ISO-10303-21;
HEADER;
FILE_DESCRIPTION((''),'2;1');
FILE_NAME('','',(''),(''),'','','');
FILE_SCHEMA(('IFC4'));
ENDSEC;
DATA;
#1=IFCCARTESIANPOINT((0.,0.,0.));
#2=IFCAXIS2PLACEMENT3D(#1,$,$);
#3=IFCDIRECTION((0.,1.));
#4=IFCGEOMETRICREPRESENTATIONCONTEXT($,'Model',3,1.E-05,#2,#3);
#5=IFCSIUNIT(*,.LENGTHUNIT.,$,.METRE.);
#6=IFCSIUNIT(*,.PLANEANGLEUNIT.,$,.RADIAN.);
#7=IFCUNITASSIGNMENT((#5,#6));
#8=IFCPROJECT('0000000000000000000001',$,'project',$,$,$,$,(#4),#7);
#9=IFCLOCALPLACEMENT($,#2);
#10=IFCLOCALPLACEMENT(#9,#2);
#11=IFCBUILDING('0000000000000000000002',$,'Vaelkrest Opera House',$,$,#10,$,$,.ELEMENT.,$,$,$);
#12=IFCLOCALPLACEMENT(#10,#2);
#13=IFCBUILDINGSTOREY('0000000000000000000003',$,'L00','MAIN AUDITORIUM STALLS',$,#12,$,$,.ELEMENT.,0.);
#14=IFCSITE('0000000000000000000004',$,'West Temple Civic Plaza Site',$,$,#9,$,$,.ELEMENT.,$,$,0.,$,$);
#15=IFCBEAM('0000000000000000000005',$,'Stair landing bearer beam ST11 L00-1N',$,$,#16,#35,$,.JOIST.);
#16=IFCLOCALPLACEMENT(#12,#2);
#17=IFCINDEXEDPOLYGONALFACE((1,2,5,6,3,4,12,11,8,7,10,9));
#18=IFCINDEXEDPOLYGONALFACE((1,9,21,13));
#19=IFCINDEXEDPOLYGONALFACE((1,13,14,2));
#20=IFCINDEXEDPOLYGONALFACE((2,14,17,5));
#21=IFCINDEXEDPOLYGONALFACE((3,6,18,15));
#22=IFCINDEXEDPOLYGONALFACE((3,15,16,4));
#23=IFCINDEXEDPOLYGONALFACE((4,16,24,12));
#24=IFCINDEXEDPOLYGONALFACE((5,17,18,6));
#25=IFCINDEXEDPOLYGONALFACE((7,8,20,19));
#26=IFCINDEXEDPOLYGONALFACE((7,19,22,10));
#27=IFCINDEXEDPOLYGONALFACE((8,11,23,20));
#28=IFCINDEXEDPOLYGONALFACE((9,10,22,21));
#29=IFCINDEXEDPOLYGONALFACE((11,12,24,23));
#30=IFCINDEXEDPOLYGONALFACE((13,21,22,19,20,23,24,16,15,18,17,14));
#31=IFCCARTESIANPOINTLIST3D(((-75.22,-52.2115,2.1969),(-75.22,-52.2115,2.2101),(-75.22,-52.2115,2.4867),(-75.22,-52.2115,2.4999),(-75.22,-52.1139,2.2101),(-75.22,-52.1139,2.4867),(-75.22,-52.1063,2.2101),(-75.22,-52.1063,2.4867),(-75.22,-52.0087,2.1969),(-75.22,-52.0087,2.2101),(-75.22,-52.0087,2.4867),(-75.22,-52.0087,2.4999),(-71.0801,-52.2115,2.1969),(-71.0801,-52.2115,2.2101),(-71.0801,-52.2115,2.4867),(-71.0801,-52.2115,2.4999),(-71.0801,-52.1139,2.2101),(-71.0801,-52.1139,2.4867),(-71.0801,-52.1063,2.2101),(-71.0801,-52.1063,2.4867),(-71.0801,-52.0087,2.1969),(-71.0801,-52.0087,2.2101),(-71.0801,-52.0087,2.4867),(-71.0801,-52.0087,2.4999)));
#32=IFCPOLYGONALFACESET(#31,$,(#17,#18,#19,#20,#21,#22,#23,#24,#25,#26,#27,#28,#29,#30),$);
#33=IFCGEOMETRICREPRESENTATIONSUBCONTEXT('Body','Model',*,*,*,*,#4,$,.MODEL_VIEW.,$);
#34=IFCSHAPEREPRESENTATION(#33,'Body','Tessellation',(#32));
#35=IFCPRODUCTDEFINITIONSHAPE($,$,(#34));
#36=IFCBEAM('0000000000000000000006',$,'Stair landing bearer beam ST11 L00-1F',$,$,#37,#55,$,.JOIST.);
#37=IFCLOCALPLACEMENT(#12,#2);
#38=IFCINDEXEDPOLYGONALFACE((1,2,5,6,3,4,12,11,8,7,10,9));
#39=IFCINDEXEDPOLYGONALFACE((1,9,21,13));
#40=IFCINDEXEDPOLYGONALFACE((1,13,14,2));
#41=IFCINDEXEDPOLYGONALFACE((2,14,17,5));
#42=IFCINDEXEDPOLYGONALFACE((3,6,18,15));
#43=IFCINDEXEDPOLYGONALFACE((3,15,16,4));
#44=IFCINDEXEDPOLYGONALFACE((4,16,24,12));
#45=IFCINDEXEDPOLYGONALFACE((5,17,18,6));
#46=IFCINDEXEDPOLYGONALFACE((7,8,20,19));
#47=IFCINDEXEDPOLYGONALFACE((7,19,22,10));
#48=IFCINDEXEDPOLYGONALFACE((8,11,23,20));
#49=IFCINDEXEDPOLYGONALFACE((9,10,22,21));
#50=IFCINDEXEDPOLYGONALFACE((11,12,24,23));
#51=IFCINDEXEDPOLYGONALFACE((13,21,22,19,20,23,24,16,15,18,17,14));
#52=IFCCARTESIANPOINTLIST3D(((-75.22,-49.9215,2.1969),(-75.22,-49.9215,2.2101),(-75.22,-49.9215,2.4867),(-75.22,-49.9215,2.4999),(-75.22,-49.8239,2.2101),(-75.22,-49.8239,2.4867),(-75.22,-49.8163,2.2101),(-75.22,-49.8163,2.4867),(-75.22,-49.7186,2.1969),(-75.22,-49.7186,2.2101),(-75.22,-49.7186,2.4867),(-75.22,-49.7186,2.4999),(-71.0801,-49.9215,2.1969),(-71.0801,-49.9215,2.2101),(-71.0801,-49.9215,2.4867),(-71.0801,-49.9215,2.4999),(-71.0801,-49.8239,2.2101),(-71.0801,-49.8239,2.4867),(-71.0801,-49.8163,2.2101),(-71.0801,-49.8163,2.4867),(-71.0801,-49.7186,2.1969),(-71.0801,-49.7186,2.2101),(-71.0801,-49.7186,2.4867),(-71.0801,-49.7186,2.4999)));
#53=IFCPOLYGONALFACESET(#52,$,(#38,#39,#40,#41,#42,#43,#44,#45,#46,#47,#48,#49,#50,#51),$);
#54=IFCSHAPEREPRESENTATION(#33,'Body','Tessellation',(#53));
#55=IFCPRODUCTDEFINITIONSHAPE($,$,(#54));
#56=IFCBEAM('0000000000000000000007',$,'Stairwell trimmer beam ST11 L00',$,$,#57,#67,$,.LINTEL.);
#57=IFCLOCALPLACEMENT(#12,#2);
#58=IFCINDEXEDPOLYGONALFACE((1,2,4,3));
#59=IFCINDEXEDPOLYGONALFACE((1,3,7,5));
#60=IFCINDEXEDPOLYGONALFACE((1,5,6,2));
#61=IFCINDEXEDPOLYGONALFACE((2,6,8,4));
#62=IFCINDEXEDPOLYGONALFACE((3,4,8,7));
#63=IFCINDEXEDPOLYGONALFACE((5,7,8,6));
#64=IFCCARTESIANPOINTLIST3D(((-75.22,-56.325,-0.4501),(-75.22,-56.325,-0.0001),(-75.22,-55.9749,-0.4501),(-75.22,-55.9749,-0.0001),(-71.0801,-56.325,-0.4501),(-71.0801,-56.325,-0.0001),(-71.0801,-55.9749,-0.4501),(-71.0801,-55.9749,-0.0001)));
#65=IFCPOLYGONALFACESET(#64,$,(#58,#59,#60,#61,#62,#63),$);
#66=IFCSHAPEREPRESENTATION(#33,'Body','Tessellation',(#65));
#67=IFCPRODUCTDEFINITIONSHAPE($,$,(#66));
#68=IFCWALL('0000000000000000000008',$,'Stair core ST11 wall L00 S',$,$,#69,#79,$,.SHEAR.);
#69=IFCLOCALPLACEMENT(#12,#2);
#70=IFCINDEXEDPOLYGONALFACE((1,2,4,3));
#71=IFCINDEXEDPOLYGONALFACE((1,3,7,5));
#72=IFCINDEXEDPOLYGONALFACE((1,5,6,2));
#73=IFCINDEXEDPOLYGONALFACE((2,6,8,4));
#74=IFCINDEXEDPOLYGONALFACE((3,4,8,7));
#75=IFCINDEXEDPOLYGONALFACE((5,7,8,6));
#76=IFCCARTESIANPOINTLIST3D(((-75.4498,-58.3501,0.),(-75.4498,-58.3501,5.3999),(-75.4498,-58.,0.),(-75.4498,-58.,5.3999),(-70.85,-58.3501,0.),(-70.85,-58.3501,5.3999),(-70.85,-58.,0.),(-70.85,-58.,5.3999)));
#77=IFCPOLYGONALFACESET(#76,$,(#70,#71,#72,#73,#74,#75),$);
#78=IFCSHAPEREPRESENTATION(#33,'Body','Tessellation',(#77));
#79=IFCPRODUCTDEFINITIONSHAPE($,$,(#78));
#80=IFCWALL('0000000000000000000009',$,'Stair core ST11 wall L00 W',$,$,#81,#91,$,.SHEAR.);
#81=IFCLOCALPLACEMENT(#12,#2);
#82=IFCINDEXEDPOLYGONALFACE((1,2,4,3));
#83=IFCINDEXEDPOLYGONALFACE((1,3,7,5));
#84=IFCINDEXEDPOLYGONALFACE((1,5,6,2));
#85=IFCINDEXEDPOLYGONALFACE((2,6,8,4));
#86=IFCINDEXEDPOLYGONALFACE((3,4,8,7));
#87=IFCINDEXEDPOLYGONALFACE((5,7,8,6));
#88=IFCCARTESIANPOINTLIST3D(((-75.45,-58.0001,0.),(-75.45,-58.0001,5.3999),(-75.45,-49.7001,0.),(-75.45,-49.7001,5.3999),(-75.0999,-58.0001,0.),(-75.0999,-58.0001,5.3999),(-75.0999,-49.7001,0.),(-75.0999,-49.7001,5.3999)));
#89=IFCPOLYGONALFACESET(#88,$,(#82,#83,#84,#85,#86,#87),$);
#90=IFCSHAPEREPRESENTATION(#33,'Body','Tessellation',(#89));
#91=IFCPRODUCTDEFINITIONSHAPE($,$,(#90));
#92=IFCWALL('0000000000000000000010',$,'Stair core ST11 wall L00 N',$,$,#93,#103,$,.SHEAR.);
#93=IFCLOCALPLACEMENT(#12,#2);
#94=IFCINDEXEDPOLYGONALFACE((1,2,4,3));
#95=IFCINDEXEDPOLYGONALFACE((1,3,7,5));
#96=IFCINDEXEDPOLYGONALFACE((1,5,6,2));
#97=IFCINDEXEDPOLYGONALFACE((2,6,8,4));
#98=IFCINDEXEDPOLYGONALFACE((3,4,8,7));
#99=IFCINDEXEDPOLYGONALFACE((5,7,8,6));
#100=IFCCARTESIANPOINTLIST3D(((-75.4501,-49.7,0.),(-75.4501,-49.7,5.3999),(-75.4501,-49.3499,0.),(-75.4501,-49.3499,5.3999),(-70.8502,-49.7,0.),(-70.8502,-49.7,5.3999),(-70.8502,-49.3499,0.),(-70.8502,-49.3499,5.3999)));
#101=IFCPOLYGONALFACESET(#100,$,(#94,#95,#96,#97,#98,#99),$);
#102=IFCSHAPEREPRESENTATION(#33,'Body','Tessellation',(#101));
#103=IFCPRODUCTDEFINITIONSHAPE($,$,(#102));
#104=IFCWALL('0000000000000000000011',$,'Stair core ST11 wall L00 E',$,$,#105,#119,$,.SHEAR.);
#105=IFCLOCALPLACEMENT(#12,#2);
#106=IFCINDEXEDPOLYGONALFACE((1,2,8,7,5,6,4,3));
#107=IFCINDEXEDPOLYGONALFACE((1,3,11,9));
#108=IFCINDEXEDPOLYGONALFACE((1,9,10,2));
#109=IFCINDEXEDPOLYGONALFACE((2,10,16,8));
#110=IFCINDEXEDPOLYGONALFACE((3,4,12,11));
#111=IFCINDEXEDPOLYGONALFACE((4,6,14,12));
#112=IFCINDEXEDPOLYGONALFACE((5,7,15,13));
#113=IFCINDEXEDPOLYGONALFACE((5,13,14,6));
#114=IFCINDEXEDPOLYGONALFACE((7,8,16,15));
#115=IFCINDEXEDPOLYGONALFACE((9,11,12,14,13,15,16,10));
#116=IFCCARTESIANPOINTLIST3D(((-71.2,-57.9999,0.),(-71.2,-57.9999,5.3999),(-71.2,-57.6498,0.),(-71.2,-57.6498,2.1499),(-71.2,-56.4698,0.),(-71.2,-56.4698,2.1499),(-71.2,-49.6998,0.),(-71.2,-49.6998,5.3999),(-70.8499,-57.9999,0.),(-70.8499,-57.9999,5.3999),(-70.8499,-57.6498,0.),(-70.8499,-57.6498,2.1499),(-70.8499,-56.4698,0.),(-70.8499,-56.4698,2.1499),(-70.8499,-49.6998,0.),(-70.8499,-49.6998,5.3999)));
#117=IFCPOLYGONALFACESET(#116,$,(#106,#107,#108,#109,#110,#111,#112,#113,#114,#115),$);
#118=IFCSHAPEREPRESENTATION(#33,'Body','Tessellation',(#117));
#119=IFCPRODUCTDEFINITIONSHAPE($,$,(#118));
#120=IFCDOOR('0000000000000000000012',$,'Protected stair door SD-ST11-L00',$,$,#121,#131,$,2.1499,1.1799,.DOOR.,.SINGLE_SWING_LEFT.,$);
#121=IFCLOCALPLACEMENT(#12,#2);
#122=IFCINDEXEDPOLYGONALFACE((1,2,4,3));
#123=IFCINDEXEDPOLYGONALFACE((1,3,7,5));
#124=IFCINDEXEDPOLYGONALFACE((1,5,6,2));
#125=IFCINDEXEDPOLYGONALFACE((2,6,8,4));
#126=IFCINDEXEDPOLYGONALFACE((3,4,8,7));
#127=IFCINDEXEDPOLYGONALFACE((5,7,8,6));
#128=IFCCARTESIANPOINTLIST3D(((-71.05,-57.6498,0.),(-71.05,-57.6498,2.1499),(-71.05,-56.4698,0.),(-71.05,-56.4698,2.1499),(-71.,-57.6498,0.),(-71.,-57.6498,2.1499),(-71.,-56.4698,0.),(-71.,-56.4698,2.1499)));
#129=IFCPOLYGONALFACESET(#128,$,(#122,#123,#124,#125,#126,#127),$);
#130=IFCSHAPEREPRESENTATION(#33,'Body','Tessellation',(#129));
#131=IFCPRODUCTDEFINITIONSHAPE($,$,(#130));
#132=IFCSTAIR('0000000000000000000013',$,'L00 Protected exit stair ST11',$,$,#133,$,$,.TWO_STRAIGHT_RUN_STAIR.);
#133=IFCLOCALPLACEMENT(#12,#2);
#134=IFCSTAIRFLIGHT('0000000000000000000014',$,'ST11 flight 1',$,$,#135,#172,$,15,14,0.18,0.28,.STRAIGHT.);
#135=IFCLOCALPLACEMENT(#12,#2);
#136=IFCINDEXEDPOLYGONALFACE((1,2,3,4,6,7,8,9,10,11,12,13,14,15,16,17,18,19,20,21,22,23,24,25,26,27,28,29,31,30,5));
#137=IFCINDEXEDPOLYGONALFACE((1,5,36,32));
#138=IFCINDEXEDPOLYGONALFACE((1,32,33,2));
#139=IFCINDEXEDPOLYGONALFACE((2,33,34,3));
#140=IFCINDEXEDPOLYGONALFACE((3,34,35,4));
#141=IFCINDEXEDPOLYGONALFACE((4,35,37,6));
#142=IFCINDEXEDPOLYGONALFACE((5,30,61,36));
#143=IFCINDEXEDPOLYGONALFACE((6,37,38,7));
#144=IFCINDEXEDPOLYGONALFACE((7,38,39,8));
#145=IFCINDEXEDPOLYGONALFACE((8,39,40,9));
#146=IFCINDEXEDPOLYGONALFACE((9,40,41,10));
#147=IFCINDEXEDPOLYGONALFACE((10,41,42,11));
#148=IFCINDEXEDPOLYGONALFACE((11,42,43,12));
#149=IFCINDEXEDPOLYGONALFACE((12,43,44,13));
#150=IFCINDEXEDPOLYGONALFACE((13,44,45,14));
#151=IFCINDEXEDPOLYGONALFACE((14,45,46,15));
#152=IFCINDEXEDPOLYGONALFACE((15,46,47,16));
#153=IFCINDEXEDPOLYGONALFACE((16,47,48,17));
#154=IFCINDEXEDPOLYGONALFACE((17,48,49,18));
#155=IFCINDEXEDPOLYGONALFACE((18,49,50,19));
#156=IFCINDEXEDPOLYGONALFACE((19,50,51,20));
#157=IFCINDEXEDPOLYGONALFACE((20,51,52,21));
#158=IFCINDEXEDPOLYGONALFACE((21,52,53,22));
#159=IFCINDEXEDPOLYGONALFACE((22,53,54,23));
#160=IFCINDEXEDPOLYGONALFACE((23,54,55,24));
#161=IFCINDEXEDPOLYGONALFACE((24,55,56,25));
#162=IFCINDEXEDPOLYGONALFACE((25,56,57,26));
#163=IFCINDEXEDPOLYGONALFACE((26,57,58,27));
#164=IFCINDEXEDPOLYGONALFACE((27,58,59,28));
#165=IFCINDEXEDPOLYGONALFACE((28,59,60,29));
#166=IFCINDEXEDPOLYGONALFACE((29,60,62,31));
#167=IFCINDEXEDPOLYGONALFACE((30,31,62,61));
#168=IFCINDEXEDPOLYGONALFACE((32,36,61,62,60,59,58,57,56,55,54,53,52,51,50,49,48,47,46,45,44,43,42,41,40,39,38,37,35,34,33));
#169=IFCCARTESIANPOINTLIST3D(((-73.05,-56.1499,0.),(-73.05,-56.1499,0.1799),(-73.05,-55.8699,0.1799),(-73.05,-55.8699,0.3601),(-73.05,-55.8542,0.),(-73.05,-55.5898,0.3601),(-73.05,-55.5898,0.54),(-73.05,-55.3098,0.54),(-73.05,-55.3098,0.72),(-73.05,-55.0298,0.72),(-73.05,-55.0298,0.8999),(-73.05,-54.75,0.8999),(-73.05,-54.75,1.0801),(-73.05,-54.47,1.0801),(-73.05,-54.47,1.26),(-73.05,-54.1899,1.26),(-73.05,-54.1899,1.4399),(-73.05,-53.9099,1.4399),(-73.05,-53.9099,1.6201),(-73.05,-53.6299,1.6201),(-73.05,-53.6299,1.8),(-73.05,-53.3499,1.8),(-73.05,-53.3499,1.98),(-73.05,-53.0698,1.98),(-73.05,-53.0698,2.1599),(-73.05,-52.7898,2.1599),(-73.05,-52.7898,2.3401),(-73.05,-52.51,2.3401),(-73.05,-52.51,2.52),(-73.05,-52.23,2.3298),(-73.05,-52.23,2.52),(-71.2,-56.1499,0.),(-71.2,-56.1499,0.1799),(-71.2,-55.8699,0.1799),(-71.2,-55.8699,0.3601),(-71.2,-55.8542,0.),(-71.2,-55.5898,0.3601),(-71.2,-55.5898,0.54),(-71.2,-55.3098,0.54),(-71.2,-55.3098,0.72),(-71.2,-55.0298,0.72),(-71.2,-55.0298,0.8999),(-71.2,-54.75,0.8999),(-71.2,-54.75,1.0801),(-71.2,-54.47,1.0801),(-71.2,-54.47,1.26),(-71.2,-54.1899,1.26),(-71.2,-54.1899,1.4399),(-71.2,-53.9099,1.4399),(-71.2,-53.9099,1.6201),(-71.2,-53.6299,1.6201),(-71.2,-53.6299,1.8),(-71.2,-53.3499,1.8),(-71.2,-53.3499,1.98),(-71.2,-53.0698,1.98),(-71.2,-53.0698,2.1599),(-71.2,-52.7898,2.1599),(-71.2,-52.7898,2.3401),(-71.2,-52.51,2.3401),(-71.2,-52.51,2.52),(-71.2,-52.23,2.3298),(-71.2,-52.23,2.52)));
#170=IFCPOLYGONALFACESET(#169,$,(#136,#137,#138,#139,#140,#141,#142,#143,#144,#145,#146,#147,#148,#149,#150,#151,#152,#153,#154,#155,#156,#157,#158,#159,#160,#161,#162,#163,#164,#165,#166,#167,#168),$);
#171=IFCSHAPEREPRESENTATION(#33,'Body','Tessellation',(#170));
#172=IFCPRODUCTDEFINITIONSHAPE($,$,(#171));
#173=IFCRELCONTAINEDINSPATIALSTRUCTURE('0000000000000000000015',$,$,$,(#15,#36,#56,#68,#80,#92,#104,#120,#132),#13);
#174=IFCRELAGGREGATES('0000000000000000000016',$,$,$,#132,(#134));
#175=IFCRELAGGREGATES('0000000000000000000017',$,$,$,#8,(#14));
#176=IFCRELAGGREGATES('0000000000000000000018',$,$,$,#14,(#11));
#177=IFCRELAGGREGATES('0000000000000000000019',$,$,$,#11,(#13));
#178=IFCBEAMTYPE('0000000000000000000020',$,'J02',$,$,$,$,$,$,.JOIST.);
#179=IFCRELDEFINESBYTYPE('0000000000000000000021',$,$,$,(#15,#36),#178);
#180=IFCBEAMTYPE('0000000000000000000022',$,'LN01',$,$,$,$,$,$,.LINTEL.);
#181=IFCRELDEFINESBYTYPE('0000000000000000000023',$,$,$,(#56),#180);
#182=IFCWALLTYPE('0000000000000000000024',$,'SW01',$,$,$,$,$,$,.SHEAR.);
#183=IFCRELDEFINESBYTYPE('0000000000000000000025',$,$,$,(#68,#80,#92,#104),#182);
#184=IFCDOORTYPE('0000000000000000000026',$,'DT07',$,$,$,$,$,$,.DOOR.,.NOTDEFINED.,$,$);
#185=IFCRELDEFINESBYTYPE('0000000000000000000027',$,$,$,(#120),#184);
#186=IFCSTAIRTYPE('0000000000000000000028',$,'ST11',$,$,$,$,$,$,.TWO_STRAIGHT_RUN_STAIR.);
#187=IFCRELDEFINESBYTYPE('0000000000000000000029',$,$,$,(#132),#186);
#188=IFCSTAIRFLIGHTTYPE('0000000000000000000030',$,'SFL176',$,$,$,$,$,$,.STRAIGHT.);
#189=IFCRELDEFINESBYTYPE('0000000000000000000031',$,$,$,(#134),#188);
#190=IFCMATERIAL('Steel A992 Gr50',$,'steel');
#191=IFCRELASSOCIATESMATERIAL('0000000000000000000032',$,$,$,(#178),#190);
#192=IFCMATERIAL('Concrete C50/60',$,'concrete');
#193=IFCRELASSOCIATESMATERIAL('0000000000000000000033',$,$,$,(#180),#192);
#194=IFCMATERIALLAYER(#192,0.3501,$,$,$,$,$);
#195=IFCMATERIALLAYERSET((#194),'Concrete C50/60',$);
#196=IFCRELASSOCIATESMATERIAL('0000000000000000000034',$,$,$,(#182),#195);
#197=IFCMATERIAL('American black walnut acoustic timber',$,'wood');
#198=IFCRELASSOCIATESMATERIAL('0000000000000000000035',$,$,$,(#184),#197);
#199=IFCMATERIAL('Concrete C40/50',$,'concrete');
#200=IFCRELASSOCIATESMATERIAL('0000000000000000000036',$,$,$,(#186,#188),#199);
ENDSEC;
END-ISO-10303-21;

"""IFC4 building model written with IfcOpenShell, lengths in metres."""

from ifc_helpers import new_model, si_unit, direction, frame, frame_2d, origin, origin_2d, place, context, subcontext, project, spatial, polyline, rectangle, i_section, outline, extrude, material, layer, layer_set, material_profile, profile_set, type_object, element, fill, aggregate, save


model = new_model("IFC4")

# Units and contexts
model_context = context("Model", 3, precision=1e-05, world=origin(), true_north=direction((0.0, 1.0)))
body_context = subcontext(model_context, "Body", "Model", "MODEL_VIEW")
ifc_project = project(units=[si_unit("LENGTHUNIT", "METRE"), si_unit("PLANEANGLEUNIT", "RADIAN")], contexts=[model_context])

# Site, building, storey
site_placement = place(None, origin())
site = spatial("IfcSite", under=ifc_project, at=site_placement, Name="West Temple Civic Plaza Site", CompositionType="ELEMENT", RefElevation=0.0)
building_placement = place(site_placement, origin())
building = spatial("IfcBuilding", under=site, at=building_placement, Name="Vaelkrest Opera House", CompositionType="ELEMENT")
storey_placement = place(building_placement, origin())
storey = spatial("IfcBuildingStorey", under=building, at=storey_placement, Name="L00", Description="MAIN AUDITORIUM STALLS", CompositionType="ELEMENT", Elevation=0.0)

# Beams
ifc_material_1 = material(Name="Steel A992 Gr50", Category="steel")
ifc_material_profile_1 = material_profile(ifc_material_1, i_section(OverallWidth=0.2029, OverallDepth=0.303, WebThickness=0.0076, FlangeThickness=0.0132, at=origin_2d()), Name="W12X40")
ifc_profile_set_1 = profile_set([ifc_material_profile_1], Name="Steel A992 Gr50")
beam_type_1 = type_object("IfcBeamType", Name="J02", PredefinedType="JOIST", material=ifc_profile_set_1)
for number, where, z_axis, x_axis, name in (
    (1, (-75.22, -52.1101, 2.3484), (1.0, 0.0, 0.0), (0.0, 1.0, 0.0), "Stair landing bearer beam ST11 L00-1N"),
    (2, (-75.22, -49.8201, 2.3484), (1.0, 0.0, 0.0), (0.0, 1.0, 0.0), "Stair landing bearer beam ST11 L00-1F"),
):
    element("IfcBeam", number, at=place(storey_placement, frame(where, z_axis=z_axis, x_axis=x_axis)), inside=storey, type_object=beam_type_1, Name=name, PredefinedType="JOIST", context=body_context, shape_type="SweptSolid", body=[
        extrude(i_section(OverallWidth=0.2029, OverallDepth=0.303, WebThickness=0.0076, FlangeThickness=0.0132, at=origin_2d()), origin(), (0.0, 0.0, 1.0), 4.1399),
    ])
ifc_material_2 = material(Name="Concrete C50/60", Category="concrete")
ifc_material_profile_2 = material_profile(ifc_material_2, rectangle(XDim=0.3501, YDim=0.45, at=origin_2d()), Name="RCB350X450")
ifc_profile_set_2 = profile_set([ifc_material_profile_2], Name="Concrete C50/60")
beam_type_2 = type_object("IfcBeamType", Name="LN01", PredefinedType="LINTEL", material=ifc_profile_set_2)
beam_placement = place(storey_placement, frame((-75.22, -56.1499, -0.2251), z_axis=(1.0, 0.0, 0.0), x_axis=(0.0, 1.0, 0.0)))
element("IfcBeam", 3, at=beam_placement, inside=storey, type_object=beam_type_2, Name="Stairwell trimmer beam ST11 L00", PredefinedType="LINTEL", context=body_context, shape_type="SweptSolid", body=[
    extrude(rectangle(XDim=0.3501, YDim=0.45, at=origin_2d()), origin(), (0.0, 0.0, 1.0), 4.1399),
])

# Shared definitions
ifc_material_3 = material(Name="American black walnut acoustic timber", Category="wood")

# Walls
ifc_layer_1 = layer(ifc_material_2, 0.3501)
ifc_layer_set_1 = layer_set([ifc_layer_1], Name="Concrete C50/60")
wall_type_1 = type_object("IfcWallType", Name="SW01", PredefinedType="SHEAR", material=ifc_layer_set_1)
wall_1_placement = place(storey_placement, frame((-70.8501, -58.175, 0.0), z_axis=(0.0, 0.0, 1.0), x_axis=(-1.0, 0.0, 0.0)))
element("IfcWall", 4, at=wall_1_placement, inside=storey, type_object=wall_type_1, Name="Stair core ST11 wall L00 S", PredefinedType="SHEAR", context=body_context, shape_type="SweptSolid", body=[
    extrude(rectangle(XDim=4.5999, YDim=0.3501, at=frame_2d((2.2998, 0.0))), origin(), (0.0, 0.0, 1.0), 5.3999),
])
wall_2_placement = place(storey_placement, frame((-75.2749, -58.0, 0.0), z_axis=(0.0, 0.0, 1.0), x_axis=(0.0, 1.0, 0.0)))
element("IfcWall", 5, at=wall_2_placement, inside=storey, type_object=wall_type_1, Name="Stair core ST11 wall L00 W", PredefinedType="SHEAR", context=body_context, shape_type="SweptSolid", body=[
    extrude(rectangle(XDim=8.3, YDim=0.3501, at=frame_2d((4.1499, 0.0))), origin(), (0.0, 0.0, 1.0), 5.3999),
])
wall_3_placement = place(storey_placement, frame((-75.45, -49.5249, 0.0), z_axis=(0.0, 0.0, 1.0), x_axis=(1.0, 0.0, 0.0)))
element("IfcWall", 6, at=wall_3_placement, inside=storey, type_object=wall_type_1, Name="Stair core ST11 wall L00 N", PredefinedType="SHEAR", context=body_context, shape_type="SweptSolid", body=[
    extrude(rectangle(XDim=4.5999, YDim=0.3501, at=frame_2d((2.2998, 0.0))), origin(), (0.0, 0.0, 1.0), 5.3999),
])

# Wall, opening, door
wall_4_placement = place(storey_placement, frame((-71.0249, -49.7, 0.0), z_axis=(0.0, 0.0, 1.0), x_axis=(0.0, -1.0, 0.0)))
wall_4 = element("IfcWall", 7, at=wall_4_placement, inside=storey, type_object=wall_type_1, Name="Stair core ST11 wall L00 E", PredefinedType="SHEAR", context=body_context, shape_type="SweptSolid", body=[
    extrude(rectangle(XDim=8.3, YDim=0.3501, at=frame_2d((4.1499, 0.0))), origin(), (0.0, 0.0, 1.0), 5.3999),
])
opening_1_placement = place(wall_4_placement, frame((6.77, 0.0, 0.0)))
opening_1 = element("IfcOpeningElement", 8, at=opening_1_placement, cuts=wall_4, PredefinedType="OPENING", context=body_context, shape_type="SweptSolid", body=[
    extrude(rectangle(XDim=1.1799, YDim=2.1499, at=frame_2d((0.5898, 1.075))), frame((0.0, 0.1851, 0.0), z_axis=(0.0, -1.0, 0.0), x_axis=(1.0, 0.0, 0.0)), (0.0, 0.0, 1.0), 0.3701),
])
door_type_1 = type_object("IfcDoorType", Name="DT07", OperationType="NOTDEFINED", PredefinedType="DOOR", material=ifc_material_3)
door_1_placement = place(opening_1_placement, origin())
door_1 = element("IfcDoor", 9, at=door_1_placement, inside=storey, type_object=door_type_1, Name="Protected stair door SD-ST11-L00", OperationType="SINGLE_SWING_LEFT", OverallHeight=2.1499, OverallWidth=1.1799, PredefinedType="DOOR", context=body_context, shape_type="SweptSolid", body=[
    extrude(rectangle(XDim=1.1799, YDim=2.1499, at=frame_2d((0.5898, 1.075))), frame((0.0, 0.0249, 0.0), z_axis=(0.0, -1.0, 0.0), x_axis=(1.0, 0.0, 0.0)), (0.0, 0.0, 1.0), 0.05),
])
fill(opening_1, door_1)

# Stair, stair flight
ifc_material_4 = material(Name="Concrete C40/50", Category="concrete")
stair_type = type_object("IfcStairType", Name="ST11", PredefinedType="TWO_STRAIGHT_RUN_STAIR", material=ifc_material_4)
stair_placement = place(storey_placement, origin())
stair = element("IfcStair", 10, at=stair_placement, inside=storey, type_object=stair_type, Name="L00 Protected exit stair ST11", PredefinedType="TWO_STRAIGHT_RUN_STAIR")
stair_flight_type = type_object("IfcStairFlightType", Name="SFL176", PredefinedType="STRAIGHT", material=ifc_material_4)
stair_flight_1_placement = place(storey_placement, frame((-72.125, -56.1499, 0.0), z_axis=(0.0, 0.0, 1.0), x_axis=(0.0, 1.0, 0.0)))
stair_flight_1 = element("IfcStairFlight", 11, at=stair_flight_1_placement, type_object=stair_flight_type, Name="ST11 flight 1", NumberOfRisers=15, NumberOfTreads=14, PredefinedType="STRAIGHT", RiserHeight=0.18, TreadLength=0.28, context=body_context, shape_type="SweptSolid", body=[
    extrude(outline(polyline([(0.0, 0.0), (0.0, 0.1799), (0.28, 0.1799), (0.28, 0.3601), (0.5601, 0.3601), (0.5601, 0.54), (0.8401, 0.54), (0.8401, 0.72), (1.1201, 0.72), (1.1201, 0.8999), (1.3999, 0.8999), (1.3999, 1.0801), (1.6799, 1.0801), (1.6799, 1.26), (1.96, 1.26), (1.96, 1.4399), (2.24, 1.4399), (2.24, 1.6201), (2.52, 1.6201), (2.52, 1.8), (2.8, 1.8), (2.8, 1.98), (3.0801, 1.98), (3.0801, 2.1599), (3.3601, 2.1599), (3.3601, 2.3401), (3.6399, 2.3401), (3.6399, 2.52), (3.9199, 2.52), (3.9199, 2.7), (3.9199, 2.3298), (0.2957, 0.0), (0.0, 0.0)])), frame((0.0, 0.925, 0.0), z_axis=(0.0, -1.0, 0.0), x_axis=(1.0, 0.0, 0.0)), (0.0, 0.0, 1.0), 1.8501),
])
aggregate(stair, [stair_flight_1])

save(model, "model.ifc")
